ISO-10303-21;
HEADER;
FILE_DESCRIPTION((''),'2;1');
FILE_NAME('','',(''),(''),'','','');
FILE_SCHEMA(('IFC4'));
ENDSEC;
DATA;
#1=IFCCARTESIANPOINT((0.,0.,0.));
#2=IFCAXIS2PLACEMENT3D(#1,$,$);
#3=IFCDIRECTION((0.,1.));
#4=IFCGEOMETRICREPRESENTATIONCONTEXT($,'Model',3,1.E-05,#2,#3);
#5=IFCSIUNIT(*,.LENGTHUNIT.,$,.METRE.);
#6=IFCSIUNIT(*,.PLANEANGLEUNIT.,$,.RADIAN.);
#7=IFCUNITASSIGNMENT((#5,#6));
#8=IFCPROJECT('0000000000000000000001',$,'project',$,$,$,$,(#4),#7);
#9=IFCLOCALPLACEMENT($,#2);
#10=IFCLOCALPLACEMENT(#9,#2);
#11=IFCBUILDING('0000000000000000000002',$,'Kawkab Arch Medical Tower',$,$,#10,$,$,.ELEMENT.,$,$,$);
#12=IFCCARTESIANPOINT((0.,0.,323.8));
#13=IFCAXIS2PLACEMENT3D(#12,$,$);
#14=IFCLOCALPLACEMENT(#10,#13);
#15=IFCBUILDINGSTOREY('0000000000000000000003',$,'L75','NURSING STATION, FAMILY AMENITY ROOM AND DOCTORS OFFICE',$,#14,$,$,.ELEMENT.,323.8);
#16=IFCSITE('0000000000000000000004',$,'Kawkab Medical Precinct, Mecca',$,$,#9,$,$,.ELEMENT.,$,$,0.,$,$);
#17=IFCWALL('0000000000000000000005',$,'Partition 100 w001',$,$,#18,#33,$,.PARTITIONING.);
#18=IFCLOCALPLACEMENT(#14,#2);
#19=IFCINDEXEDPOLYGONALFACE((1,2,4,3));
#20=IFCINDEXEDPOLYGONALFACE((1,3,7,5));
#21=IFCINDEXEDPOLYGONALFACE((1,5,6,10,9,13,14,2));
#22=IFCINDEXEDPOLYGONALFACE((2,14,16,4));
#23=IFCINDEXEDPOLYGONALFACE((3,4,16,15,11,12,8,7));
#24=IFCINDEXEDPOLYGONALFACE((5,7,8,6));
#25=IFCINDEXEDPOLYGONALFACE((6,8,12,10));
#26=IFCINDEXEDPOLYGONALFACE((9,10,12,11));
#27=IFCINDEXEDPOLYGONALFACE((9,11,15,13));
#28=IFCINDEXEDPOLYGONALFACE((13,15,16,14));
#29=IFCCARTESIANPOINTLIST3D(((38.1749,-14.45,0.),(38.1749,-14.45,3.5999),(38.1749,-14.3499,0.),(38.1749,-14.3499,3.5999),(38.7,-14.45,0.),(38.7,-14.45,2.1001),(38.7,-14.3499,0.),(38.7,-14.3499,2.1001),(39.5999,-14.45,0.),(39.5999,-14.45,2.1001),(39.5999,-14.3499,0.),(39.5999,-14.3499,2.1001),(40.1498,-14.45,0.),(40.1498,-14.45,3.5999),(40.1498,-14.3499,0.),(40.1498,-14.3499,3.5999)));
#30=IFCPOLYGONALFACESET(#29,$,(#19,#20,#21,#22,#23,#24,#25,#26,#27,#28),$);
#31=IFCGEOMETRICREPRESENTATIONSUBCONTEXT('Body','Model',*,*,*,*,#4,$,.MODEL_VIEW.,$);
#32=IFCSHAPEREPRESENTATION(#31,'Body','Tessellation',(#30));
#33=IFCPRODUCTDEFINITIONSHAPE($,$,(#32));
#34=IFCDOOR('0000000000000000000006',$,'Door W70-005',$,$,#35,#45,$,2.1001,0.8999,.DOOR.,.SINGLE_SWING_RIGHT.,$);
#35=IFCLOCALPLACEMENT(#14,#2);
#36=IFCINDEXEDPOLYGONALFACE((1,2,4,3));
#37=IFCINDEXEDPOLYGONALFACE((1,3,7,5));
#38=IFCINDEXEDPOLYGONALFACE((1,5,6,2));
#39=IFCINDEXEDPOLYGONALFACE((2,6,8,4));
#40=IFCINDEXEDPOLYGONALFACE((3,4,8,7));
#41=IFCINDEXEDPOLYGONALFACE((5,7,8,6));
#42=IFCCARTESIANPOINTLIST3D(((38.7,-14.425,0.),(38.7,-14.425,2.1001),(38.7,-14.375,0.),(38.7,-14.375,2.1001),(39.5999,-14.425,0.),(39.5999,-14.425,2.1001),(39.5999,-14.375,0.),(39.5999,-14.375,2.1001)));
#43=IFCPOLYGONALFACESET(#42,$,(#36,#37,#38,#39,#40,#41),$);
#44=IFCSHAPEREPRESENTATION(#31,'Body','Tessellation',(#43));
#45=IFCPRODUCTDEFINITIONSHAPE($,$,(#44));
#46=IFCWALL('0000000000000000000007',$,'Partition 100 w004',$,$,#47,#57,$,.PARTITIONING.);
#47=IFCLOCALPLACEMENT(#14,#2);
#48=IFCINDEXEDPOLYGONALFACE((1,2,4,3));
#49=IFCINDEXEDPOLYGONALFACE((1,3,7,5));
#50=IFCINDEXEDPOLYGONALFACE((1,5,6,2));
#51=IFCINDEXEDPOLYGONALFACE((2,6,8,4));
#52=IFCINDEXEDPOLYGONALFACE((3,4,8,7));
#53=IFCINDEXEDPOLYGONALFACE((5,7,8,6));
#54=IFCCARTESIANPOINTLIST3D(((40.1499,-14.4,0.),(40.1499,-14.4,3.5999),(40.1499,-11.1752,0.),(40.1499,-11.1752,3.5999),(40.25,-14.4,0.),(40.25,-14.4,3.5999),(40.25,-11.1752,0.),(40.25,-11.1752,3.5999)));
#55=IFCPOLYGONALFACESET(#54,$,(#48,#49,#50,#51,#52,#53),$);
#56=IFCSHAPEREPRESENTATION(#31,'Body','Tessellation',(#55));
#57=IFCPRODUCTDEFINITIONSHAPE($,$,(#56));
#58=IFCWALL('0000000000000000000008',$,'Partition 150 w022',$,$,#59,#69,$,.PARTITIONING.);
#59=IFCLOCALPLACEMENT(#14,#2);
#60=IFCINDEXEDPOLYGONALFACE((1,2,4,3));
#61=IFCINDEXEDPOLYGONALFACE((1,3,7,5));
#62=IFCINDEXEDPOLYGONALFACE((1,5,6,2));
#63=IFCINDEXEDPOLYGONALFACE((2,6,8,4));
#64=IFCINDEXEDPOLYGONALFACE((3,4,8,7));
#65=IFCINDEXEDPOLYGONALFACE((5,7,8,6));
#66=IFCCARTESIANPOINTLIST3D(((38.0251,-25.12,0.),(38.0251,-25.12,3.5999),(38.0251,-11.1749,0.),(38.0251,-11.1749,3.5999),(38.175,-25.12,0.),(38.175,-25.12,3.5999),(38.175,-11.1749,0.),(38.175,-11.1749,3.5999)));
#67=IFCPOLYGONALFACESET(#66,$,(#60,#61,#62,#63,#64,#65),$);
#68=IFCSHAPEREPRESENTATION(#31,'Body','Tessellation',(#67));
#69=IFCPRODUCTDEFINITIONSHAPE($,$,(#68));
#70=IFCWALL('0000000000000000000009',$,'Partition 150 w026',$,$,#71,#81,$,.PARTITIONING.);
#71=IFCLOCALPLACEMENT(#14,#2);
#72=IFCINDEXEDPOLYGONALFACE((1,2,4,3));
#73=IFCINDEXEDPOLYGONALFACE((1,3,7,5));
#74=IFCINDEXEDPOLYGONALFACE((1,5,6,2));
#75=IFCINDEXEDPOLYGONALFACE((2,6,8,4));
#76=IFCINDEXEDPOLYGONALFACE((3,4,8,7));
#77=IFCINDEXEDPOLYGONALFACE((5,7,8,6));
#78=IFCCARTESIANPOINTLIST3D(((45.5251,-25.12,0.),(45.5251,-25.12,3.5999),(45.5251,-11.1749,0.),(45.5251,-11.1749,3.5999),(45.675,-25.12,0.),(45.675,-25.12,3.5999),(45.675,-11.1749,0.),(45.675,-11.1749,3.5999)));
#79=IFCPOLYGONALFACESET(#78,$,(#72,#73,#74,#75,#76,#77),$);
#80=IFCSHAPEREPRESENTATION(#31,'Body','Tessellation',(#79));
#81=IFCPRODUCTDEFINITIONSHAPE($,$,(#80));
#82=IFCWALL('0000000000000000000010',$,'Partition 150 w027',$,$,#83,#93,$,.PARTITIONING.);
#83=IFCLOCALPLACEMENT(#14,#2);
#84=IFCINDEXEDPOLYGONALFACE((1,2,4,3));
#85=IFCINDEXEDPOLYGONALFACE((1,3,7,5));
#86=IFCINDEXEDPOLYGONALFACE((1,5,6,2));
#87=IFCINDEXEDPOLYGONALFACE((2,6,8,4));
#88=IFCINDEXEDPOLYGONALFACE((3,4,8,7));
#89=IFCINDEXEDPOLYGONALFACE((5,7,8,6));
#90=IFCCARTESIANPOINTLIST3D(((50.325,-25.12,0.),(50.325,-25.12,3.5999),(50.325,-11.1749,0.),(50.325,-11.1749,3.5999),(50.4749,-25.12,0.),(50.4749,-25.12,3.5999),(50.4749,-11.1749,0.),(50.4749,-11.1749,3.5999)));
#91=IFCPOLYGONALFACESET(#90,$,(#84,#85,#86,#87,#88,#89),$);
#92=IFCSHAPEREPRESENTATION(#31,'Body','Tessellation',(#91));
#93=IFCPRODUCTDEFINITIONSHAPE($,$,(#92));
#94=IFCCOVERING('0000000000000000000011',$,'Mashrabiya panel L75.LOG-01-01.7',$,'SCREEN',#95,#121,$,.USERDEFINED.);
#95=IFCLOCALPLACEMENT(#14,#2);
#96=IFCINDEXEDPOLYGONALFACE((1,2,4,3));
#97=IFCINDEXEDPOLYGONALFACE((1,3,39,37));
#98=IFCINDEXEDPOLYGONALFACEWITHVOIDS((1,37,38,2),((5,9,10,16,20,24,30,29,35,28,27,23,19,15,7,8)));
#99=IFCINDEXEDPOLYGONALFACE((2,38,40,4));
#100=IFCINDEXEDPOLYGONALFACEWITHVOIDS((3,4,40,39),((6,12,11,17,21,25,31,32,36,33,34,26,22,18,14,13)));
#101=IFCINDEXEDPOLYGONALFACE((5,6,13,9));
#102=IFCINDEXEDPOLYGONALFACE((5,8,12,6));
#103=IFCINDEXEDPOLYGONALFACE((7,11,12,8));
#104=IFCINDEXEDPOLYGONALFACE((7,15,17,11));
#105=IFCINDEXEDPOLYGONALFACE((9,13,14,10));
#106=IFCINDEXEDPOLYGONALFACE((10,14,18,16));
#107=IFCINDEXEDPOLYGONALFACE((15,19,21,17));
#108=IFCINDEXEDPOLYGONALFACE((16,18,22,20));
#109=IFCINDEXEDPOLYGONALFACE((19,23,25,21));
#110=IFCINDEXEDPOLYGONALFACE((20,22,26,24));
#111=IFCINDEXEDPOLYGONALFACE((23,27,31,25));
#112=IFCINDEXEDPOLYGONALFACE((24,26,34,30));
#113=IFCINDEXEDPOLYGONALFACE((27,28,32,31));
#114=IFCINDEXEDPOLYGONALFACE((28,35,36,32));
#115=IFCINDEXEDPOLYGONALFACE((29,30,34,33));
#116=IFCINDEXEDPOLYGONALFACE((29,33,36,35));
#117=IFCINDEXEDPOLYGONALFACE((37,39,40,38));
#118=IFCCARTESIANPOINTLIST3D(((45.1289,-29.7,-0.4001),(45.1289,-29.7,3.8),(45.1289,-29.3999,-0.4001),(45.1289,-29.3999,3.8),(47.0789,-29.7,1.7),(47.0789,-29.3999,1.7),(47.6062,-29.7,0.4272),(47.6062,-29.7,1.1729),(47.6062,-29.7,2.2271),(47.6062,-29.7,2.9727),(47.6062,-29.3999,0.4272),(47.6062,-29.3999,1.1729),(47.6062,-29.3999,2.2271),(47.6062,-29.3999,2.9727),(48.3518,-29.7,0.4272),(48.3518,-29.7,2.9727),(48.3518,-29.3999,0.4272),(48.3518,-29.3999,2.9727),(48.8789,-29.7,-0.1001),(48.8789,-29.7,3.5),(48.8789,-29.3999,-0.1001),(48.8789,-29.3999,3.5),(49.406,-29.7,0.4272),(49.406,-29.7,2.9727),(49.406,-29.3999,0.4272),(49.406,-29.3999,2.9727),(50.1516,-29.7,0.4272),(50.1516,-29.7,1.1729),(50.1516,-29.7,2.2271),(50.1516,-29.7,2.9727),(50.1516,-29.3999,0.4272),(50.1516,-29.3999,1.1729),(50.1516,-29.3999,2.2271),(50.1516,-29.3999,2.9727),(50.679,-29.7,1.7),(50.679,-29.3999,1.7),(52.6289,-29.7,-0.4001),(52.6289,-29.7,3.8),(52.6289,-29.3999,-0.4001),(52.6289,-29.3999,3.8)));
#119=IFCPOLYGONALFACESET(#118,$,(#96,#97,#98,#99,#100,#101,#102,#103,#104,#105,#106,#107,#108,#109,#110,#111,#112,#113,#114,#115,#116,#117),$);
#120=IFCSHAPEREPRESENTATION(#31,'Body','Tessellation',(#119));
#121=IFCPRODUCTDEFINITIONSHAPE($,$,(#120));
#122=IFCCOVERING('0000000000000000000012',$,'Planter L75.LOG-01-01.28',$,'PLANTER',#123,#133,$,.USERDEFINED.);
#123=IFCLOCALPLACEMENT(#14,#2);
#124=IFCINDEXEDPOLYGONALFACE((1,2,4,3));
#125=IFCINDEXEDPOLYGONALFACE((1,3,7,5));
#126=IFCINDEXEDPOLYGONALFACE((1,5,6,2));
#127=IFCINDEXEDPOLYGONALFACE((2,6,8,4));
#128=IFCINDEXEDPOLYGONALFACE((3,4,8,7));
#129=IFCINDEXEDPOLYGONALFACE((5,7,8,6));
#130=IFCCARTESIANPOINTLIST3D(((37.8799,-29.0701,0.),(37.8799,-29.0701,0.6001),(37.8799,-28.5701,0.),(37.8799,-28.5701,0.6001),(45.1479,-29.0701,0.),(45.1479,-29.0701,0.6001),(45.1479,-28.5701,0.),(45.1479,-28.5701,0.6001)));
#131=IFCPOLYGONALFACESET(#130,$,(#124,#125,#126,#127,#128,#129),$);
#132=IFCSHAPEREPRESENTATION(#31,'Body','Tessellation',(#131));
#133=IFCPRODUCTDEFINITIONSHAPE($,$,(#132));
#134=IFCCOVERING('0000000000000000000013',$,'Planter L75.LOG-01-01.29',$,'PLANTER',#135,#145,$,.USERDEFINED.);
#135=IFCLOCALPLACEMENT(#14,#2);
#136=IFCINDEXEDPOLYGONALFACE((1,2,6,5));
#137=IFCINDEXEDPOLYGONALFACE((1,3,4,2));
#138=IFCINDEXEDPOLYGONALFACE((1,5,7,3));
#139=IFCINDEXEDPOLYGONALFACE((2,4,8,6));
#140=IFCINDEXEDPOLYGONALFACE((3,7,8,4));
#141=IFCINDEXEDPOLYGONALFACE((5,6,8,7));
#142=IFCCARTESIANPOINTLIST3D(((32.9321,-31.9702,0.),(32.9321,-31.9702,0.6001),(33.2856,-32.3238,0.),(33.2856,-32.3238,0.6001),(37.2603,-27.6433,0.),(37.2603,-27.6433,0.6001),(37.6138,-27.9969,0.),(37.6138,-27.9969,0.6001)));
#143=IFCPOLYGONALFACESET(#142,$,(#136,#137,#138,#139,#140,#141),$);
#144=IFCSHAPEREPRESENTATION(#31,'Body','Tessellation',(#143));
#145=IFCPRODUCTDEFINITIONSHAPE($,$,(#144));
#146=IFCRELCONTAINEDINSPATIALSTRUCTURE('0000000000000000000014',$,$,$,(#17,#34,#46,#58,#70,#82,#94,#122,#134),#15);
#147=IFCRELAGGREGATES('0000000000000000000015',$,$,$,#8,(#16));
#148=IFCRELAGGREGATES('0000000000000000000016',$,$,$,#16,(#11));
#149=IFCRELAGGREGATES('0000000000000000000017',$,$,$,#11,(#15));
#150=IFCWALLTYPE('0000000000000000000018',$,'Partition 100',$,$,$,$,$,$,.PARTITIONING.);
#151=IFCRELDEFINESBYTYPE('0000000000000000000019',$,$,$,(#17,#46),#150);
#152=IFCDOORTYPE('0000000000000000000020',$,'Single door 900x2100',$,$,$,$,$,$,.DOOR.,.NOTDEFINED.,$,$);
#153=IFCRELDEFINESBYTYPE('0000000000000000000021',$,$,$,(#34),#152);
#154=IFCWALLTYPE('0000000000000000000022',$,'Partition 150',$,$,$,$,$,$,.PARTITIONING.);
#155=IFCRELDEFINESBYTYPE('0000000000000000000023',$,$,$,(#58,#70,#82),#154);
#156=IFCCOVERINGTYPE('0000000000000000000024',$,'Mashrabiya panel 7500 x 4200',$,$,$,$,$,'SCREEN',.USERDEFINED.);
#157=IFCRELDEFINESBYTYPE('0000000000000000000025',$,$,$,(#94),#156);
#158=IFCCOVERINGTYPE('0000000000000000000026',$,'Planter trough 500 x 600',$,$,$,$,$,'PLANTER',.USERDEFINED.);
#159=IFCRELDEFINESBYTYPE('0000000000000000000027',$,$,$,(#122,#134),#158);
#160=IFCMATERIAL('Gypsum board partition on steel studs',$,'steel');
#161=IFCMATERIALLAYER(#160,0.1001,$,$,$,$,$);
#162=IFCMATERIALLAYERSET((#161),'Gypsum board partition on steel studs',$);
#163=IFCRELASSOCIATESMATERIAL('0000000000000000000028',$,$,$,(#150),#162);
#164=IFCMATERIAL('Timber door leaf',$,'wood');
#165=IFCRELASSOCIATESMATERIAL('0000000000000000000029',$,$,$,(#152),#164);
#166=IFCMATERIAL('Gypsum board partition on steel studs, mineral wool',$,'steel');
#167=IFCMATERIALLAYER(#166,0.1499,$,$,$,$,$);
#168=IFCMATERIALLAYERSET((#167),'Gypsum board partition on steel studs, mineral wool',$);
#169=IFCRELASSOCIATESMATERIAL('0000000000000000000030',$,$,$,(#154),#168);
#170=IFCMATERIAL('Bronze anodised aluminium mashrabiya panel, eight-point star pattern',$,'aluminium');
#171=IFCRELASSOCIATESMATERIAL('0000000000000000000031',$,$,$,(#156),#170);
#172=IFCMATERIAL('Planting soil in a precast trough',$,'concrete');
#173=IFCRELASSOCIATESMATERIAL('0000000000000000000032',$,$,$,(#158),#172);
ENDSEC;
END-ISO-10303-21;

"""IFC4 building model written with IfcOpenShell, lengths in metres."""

from ifc_helpers import new_model, si_unit, direction, frame, frame_2d, origin, origin_2d, place, context, subcontext, project, spatial, polyline, rectangle, outline, extrude, material, layer, layer_set, material_profile, profile_set, type_object, element, fill, save


model = new_model("IFC4")

# Units and contexts
model_context = context("Model", 3, precision=1e-05, world=origin(), true_north=direction((0.0, 1.0)))
body_context = subcontext(model_context, "Body", "Model", "MODEL_VIEW")
ifc_project = project(units=[si_unit("LENGTHUNIT", "METRE"), si_unit("PLANEANGLEUNIT", "RADIAN")], contexts=[model_context])

# Site, building, storey
site_placement = place(None, origin())
site = spatial("IfcSite", under=ifc_project, at=site_placement, Name="Kawkab Medical Precinct, Mecca", CompositionType="ELEMENT", RefElevation=0.0)
building_placement = place(site_placement, origin())
building = spatial("IfcBuilding", under=site, at=building_placement, Name="Kawkab Arch Medical Tower", CompositionType="ELEMENT")
storey_placement = place(building_placement, frame((0.0, 0.0, 323.8)))
storey = spatial("IfcBuildingStorey", under=building, at=storey_placement, Name="L75", Description="NURSING STATION, FAMILY AMENITY ROOM AND DOCTORS OFFICE", CompositionType="ELEMENT", Elevation=323.8)

# Wall, opening, door
ifc_material_1 = material(Name="Gypsum board partition on steel studs", Category="steel")
ifc_layer_1 = layer(ifc_material_1, 0.1001)
ifc_layer_set_1 = layer_set([ifc_layer_1], Name="Gypsum board partition on steel studs")
wall_type_1 = type_object("IfcWallType", Name="Partition 100", PredefinedType="PARTITIONING", material=ifc_layer_set_1)
wall_1_placement = place(storey_placement, frame((38.175, -14.3999, 0.0), z_axis=(0.0, 0.0, 1.0), x_axis=(1.0, 0.0, 0.0)))
wall_1 = element("IfcWall", 1, at=wall_1_placement, inside=storey, type_object=wall_type_1, Name="Partition 100 w001", PredefinedType="PARTITIONING", context=body_context, shape_type="SweptSolid", body=[
    extrude(rectangle(XDim=1.9749, YDim=0.1001, at=frame_2d((0.9873, 0.0))), origin(), (0.0, 0.0, 1.0), 3.5999),
])
opening_1_placement = place(wall_1_placement, frame((0.5249, 0.0, 0.0)))
opening_1 = element("IfcOpeningElement", 2, at=opening_1_placement, cuts=wall_1, PredefinedType="OPENING", context=body_context, shape_type="SweptSolid", body=[
    extrude(rectangle(XDim=0.8999, YDim=2.1001, at=frame_2d((0.45, 1.05))), frame((0.0, 0.0601, 0.0), z_axis=(0.0, -1.0, 0.0), x_axis=(1.0, 0.0, 0.0)), (0.0, 0.0, 1.0), 0.1201),
])
ifc_material_2 = material(Name="Timber door leaf", Category="wood")
door_type_1 = type_object("IfcDoorType", Name="Single door 900x2100", OperationType="NOTDEFINED", PredefinedType="DOOR", material=ifc_material_2)
door_1_placement = place(opening_1_placement, origin())
door_1 = element("IfcDoor", 3, at=door_1_placement, inside=storey, type_object=door_type_1, Name="Door W70-005", OperationType="SINGLE_SWING_RIGHT", OverallHeight=2.1001, OverallWidth=0.8999, PredefinedType="DOOR", context=body_context, shape_type="SweptSolid", body=[
    extrude(rectangle(XDim=0.8999, YDim=2.1001, at=frame_2d((0.45, 1.05))), frame((0.0, 0.0249, 0.0), z_axis=(0.0, -1.0, 0.0), x_axis=(1.0, 0.0, 0.0)), (0.0, 0.0, 1.0), 0.05),
])
fill(opening_1, door_1)

# Walls
wall_2_placement = place(storey_placement, frame((40.2, -14.3999, 0.0), z_axis=(0.0, 0.0, 1.0), x_axis=(0.0, 1.0, 0.0)))
element("IfcWall", 4, at=wall_2_placement, inside=storey, type_object=wall_type_1, Name="Partition 100 w004", PredefinedType="PARTITIONING", context=body_context, shape_type="SweptSolid", body=[
    extrude(rectangle(XDim=3.2249, YDim=0.1001, at=frame_2d((1.6123, 0.0))), origin(), (0.0, 0.0, 1.0), 3.5999),
])
ifc_material_3 = material(Name="Gypsum board partition on steel studs, mineral wool", Category="steel")
ifc_layer_2 = layer(ifc_material_3, 0.1499)
ifc_layer_set_2 = layer_set([ifc_layer_2], Name="Gypsum board partition on steel studs, mineral wool")
wall_type_2 = type_object("IfcWallType", Name="Partition 150", PredefinedType="PARTITIONING", material=ifc_layer_set_2)
for number, where, z_axis, x_axis, name in (
    (5, (38.1001, -25.1201, 0.0), (0.0, 0.0, 1.0), (0.0, 1.0, 0.0), "Partition 150 w022"),
    (6, (45.6001, -25.1201, 0.0), (0.0, 0.0, 1.0), (0.0, 1.0, 0.0), "Partition 150 w026"),
    (7, (50.3999, -25.1201, 0.0), (0.0, 0.0, 1.0), (0.0, 1.0, 0.0), "Partition 150 w027"),
):
    element("IfcWall", number, at=place(storey_placement, frame(where, z_axis=z_axis, x_axis=x_axis)), inside=storey, type_object=wall_type_2, Name=name, PredefinedType="PARTITIONING", context=body_context, shape_type="SweptSolid", body=[
        extrude(rectangle(XDim=13.9451, YDim=0.1499, at=frame_2d((6.9727, 0.0))), origin(), (0.0, 0.0, 1.0), 3.5999),
    ])

# Coverings
ifc_material_4 = material(Name="Bronze anodised aluminium mashrabiya panel, eight-point star pattern", Category="aluminium")
ifc_material_profile_1 = material_profile(ifc_material_4, outline(polyline([(-3.75, -2.1001), (3.75, -2.1001), (3.75, 2.1001), (-3.75, 2.1001), (-3.75, -2.1001)]), holes=[polyline([(1.8, 0.0), (1.2727, 0.5271), (1.2727, 1.2727), (0.5271, 1.2727), (0.0, 1.8), (-0.5271, 1.2727), (-1.2727, 1.2727), (-1.2727, 0.5271), (-1.8, 0.0), (-1.2727, -0.5271), (-1.2727, -1.2727), (-0.5271, -1.2727), (0.0, -1.8), (0.5271, -1.2727), (1.2727, -1.2727), (1.2727, -0.5271), (1.8, 0.0)])]), Name="Mashrabiya panel 7500x4200")
ifc_profile_set_1 = profile_set([ifc_material_profile_1], Name="Bronze anodised aluminium mashrabiya panel, eight-point star pattern")
covering_type_1 = type_object("IfcCoveringType", Name="Mashrabiya panel 7500 x 4200", ElementType="SCREEN", PredefinedType="USERDEFINED", material=ifc_profile_set_1)
covering_1_placement = place(storey_placement, frame((48.8789, -29.3999, 1.7), z_axis=(0.0, -1.0, 0.0), x_axis=(1.0, 0.0, 0.0)))
element("IfcCovering", 8, at=covering_1_placement, inside=storey, type_object=covering_type_1, Name="Mashrabiya panel L75.LOG-01-01.7", ObjectType="SCREEN", PredefinedType="USERDEFINED", context=body_context, shape_type="SweptSolid", body=[
    extrude(outline(polyline([(-3.75, -2.1001), (3.75, -2.1001), (3.75, 2.1001), (-3.75, 2.1001), (-3.75, -2.1001)]), holes=[polyline([(1.8, 0.0), (1.2727, 0.5271), (1.2727, 1.2727), (0.5271, 1.2727), (0.0, 1.8), (-0.5271, 1.2727), (-1.2727, 1.2727), (-1.2727, 0.5271), (-1.8, 0.0), (-1.2727, -0.5271), (-1.2727, -1.2727), (-0.5271, -1.2727), (0.0, -1.8), (0.5271, -1.2727), (1.2727, -1.2727), (1.2727, -0.5271), (1.8, 0.0)])]), origin(), (0.0, 0.0, 1.0), 0.3),
])
ifc_material_5 = material(Name="Planting soil in a precast trough", Category="concrete")
ifc_material_profile_2 = material_profile(ifc_material_5, rectangle(XDim=0.5, YDim=0.6001, at=origin_2d()), Name="Trough 500x600")
ifc_profile_set_2 = profile_set([ifc_material_profile_2], Name="Planting soil in a precast trough")
covering_type_2 = type_object("IfcCoveringType", Name="Planter trough 500 x 600", ElementType="PLANTER", PredefinedType="USERDEFINED", material=ifc_profile_set_2)
covering_2_placement = place(storey_placement, frame((45.1479, -28.8201, 0.3), z_axis=(-1.0, 0.0, 0.0), x_axis=(0.0, -1.0, 0.0)))
element("IfcCovering", 9, at=covering_2_placement, inside=storey, type_object=covering_type_2, Name="Planter L75.LOG-01-01.28", ObjectType="PLANTER", PredefinedType="USERDEFINED", context=body_context, shape_type="SweptSolid", body=[
    extrude(rectangle(XDim=0.5, YDim=0.6001, at=origin_2d()), origin(), (0.0, 0.0, 1.0), 7.2681),
])
covering_3_placement = place(storey_placement, frame((37.437, -27.8201, 0.3), z_axis=(-0.707207, -0.707007, 0.0), x_axis=(0.707007, -0.707207, 0.0)))
element("IfcCovering", 10, at=covering_3_placement, inside=storey, type_object=covering_type_2, Name="Planter L75.LOG-01-01.29", ObjectType="PLANTER", PredefinedType="USERDEFINED", context=body_context, shape_type="SweptSolid", body=[
    extrude(rectangle(XDim=0.5, YDim=0.6001, at=origin_2d()), origin(), (0.0, 0.0, 1.0), 6.1201),
])

save(model, "model.ifc")
